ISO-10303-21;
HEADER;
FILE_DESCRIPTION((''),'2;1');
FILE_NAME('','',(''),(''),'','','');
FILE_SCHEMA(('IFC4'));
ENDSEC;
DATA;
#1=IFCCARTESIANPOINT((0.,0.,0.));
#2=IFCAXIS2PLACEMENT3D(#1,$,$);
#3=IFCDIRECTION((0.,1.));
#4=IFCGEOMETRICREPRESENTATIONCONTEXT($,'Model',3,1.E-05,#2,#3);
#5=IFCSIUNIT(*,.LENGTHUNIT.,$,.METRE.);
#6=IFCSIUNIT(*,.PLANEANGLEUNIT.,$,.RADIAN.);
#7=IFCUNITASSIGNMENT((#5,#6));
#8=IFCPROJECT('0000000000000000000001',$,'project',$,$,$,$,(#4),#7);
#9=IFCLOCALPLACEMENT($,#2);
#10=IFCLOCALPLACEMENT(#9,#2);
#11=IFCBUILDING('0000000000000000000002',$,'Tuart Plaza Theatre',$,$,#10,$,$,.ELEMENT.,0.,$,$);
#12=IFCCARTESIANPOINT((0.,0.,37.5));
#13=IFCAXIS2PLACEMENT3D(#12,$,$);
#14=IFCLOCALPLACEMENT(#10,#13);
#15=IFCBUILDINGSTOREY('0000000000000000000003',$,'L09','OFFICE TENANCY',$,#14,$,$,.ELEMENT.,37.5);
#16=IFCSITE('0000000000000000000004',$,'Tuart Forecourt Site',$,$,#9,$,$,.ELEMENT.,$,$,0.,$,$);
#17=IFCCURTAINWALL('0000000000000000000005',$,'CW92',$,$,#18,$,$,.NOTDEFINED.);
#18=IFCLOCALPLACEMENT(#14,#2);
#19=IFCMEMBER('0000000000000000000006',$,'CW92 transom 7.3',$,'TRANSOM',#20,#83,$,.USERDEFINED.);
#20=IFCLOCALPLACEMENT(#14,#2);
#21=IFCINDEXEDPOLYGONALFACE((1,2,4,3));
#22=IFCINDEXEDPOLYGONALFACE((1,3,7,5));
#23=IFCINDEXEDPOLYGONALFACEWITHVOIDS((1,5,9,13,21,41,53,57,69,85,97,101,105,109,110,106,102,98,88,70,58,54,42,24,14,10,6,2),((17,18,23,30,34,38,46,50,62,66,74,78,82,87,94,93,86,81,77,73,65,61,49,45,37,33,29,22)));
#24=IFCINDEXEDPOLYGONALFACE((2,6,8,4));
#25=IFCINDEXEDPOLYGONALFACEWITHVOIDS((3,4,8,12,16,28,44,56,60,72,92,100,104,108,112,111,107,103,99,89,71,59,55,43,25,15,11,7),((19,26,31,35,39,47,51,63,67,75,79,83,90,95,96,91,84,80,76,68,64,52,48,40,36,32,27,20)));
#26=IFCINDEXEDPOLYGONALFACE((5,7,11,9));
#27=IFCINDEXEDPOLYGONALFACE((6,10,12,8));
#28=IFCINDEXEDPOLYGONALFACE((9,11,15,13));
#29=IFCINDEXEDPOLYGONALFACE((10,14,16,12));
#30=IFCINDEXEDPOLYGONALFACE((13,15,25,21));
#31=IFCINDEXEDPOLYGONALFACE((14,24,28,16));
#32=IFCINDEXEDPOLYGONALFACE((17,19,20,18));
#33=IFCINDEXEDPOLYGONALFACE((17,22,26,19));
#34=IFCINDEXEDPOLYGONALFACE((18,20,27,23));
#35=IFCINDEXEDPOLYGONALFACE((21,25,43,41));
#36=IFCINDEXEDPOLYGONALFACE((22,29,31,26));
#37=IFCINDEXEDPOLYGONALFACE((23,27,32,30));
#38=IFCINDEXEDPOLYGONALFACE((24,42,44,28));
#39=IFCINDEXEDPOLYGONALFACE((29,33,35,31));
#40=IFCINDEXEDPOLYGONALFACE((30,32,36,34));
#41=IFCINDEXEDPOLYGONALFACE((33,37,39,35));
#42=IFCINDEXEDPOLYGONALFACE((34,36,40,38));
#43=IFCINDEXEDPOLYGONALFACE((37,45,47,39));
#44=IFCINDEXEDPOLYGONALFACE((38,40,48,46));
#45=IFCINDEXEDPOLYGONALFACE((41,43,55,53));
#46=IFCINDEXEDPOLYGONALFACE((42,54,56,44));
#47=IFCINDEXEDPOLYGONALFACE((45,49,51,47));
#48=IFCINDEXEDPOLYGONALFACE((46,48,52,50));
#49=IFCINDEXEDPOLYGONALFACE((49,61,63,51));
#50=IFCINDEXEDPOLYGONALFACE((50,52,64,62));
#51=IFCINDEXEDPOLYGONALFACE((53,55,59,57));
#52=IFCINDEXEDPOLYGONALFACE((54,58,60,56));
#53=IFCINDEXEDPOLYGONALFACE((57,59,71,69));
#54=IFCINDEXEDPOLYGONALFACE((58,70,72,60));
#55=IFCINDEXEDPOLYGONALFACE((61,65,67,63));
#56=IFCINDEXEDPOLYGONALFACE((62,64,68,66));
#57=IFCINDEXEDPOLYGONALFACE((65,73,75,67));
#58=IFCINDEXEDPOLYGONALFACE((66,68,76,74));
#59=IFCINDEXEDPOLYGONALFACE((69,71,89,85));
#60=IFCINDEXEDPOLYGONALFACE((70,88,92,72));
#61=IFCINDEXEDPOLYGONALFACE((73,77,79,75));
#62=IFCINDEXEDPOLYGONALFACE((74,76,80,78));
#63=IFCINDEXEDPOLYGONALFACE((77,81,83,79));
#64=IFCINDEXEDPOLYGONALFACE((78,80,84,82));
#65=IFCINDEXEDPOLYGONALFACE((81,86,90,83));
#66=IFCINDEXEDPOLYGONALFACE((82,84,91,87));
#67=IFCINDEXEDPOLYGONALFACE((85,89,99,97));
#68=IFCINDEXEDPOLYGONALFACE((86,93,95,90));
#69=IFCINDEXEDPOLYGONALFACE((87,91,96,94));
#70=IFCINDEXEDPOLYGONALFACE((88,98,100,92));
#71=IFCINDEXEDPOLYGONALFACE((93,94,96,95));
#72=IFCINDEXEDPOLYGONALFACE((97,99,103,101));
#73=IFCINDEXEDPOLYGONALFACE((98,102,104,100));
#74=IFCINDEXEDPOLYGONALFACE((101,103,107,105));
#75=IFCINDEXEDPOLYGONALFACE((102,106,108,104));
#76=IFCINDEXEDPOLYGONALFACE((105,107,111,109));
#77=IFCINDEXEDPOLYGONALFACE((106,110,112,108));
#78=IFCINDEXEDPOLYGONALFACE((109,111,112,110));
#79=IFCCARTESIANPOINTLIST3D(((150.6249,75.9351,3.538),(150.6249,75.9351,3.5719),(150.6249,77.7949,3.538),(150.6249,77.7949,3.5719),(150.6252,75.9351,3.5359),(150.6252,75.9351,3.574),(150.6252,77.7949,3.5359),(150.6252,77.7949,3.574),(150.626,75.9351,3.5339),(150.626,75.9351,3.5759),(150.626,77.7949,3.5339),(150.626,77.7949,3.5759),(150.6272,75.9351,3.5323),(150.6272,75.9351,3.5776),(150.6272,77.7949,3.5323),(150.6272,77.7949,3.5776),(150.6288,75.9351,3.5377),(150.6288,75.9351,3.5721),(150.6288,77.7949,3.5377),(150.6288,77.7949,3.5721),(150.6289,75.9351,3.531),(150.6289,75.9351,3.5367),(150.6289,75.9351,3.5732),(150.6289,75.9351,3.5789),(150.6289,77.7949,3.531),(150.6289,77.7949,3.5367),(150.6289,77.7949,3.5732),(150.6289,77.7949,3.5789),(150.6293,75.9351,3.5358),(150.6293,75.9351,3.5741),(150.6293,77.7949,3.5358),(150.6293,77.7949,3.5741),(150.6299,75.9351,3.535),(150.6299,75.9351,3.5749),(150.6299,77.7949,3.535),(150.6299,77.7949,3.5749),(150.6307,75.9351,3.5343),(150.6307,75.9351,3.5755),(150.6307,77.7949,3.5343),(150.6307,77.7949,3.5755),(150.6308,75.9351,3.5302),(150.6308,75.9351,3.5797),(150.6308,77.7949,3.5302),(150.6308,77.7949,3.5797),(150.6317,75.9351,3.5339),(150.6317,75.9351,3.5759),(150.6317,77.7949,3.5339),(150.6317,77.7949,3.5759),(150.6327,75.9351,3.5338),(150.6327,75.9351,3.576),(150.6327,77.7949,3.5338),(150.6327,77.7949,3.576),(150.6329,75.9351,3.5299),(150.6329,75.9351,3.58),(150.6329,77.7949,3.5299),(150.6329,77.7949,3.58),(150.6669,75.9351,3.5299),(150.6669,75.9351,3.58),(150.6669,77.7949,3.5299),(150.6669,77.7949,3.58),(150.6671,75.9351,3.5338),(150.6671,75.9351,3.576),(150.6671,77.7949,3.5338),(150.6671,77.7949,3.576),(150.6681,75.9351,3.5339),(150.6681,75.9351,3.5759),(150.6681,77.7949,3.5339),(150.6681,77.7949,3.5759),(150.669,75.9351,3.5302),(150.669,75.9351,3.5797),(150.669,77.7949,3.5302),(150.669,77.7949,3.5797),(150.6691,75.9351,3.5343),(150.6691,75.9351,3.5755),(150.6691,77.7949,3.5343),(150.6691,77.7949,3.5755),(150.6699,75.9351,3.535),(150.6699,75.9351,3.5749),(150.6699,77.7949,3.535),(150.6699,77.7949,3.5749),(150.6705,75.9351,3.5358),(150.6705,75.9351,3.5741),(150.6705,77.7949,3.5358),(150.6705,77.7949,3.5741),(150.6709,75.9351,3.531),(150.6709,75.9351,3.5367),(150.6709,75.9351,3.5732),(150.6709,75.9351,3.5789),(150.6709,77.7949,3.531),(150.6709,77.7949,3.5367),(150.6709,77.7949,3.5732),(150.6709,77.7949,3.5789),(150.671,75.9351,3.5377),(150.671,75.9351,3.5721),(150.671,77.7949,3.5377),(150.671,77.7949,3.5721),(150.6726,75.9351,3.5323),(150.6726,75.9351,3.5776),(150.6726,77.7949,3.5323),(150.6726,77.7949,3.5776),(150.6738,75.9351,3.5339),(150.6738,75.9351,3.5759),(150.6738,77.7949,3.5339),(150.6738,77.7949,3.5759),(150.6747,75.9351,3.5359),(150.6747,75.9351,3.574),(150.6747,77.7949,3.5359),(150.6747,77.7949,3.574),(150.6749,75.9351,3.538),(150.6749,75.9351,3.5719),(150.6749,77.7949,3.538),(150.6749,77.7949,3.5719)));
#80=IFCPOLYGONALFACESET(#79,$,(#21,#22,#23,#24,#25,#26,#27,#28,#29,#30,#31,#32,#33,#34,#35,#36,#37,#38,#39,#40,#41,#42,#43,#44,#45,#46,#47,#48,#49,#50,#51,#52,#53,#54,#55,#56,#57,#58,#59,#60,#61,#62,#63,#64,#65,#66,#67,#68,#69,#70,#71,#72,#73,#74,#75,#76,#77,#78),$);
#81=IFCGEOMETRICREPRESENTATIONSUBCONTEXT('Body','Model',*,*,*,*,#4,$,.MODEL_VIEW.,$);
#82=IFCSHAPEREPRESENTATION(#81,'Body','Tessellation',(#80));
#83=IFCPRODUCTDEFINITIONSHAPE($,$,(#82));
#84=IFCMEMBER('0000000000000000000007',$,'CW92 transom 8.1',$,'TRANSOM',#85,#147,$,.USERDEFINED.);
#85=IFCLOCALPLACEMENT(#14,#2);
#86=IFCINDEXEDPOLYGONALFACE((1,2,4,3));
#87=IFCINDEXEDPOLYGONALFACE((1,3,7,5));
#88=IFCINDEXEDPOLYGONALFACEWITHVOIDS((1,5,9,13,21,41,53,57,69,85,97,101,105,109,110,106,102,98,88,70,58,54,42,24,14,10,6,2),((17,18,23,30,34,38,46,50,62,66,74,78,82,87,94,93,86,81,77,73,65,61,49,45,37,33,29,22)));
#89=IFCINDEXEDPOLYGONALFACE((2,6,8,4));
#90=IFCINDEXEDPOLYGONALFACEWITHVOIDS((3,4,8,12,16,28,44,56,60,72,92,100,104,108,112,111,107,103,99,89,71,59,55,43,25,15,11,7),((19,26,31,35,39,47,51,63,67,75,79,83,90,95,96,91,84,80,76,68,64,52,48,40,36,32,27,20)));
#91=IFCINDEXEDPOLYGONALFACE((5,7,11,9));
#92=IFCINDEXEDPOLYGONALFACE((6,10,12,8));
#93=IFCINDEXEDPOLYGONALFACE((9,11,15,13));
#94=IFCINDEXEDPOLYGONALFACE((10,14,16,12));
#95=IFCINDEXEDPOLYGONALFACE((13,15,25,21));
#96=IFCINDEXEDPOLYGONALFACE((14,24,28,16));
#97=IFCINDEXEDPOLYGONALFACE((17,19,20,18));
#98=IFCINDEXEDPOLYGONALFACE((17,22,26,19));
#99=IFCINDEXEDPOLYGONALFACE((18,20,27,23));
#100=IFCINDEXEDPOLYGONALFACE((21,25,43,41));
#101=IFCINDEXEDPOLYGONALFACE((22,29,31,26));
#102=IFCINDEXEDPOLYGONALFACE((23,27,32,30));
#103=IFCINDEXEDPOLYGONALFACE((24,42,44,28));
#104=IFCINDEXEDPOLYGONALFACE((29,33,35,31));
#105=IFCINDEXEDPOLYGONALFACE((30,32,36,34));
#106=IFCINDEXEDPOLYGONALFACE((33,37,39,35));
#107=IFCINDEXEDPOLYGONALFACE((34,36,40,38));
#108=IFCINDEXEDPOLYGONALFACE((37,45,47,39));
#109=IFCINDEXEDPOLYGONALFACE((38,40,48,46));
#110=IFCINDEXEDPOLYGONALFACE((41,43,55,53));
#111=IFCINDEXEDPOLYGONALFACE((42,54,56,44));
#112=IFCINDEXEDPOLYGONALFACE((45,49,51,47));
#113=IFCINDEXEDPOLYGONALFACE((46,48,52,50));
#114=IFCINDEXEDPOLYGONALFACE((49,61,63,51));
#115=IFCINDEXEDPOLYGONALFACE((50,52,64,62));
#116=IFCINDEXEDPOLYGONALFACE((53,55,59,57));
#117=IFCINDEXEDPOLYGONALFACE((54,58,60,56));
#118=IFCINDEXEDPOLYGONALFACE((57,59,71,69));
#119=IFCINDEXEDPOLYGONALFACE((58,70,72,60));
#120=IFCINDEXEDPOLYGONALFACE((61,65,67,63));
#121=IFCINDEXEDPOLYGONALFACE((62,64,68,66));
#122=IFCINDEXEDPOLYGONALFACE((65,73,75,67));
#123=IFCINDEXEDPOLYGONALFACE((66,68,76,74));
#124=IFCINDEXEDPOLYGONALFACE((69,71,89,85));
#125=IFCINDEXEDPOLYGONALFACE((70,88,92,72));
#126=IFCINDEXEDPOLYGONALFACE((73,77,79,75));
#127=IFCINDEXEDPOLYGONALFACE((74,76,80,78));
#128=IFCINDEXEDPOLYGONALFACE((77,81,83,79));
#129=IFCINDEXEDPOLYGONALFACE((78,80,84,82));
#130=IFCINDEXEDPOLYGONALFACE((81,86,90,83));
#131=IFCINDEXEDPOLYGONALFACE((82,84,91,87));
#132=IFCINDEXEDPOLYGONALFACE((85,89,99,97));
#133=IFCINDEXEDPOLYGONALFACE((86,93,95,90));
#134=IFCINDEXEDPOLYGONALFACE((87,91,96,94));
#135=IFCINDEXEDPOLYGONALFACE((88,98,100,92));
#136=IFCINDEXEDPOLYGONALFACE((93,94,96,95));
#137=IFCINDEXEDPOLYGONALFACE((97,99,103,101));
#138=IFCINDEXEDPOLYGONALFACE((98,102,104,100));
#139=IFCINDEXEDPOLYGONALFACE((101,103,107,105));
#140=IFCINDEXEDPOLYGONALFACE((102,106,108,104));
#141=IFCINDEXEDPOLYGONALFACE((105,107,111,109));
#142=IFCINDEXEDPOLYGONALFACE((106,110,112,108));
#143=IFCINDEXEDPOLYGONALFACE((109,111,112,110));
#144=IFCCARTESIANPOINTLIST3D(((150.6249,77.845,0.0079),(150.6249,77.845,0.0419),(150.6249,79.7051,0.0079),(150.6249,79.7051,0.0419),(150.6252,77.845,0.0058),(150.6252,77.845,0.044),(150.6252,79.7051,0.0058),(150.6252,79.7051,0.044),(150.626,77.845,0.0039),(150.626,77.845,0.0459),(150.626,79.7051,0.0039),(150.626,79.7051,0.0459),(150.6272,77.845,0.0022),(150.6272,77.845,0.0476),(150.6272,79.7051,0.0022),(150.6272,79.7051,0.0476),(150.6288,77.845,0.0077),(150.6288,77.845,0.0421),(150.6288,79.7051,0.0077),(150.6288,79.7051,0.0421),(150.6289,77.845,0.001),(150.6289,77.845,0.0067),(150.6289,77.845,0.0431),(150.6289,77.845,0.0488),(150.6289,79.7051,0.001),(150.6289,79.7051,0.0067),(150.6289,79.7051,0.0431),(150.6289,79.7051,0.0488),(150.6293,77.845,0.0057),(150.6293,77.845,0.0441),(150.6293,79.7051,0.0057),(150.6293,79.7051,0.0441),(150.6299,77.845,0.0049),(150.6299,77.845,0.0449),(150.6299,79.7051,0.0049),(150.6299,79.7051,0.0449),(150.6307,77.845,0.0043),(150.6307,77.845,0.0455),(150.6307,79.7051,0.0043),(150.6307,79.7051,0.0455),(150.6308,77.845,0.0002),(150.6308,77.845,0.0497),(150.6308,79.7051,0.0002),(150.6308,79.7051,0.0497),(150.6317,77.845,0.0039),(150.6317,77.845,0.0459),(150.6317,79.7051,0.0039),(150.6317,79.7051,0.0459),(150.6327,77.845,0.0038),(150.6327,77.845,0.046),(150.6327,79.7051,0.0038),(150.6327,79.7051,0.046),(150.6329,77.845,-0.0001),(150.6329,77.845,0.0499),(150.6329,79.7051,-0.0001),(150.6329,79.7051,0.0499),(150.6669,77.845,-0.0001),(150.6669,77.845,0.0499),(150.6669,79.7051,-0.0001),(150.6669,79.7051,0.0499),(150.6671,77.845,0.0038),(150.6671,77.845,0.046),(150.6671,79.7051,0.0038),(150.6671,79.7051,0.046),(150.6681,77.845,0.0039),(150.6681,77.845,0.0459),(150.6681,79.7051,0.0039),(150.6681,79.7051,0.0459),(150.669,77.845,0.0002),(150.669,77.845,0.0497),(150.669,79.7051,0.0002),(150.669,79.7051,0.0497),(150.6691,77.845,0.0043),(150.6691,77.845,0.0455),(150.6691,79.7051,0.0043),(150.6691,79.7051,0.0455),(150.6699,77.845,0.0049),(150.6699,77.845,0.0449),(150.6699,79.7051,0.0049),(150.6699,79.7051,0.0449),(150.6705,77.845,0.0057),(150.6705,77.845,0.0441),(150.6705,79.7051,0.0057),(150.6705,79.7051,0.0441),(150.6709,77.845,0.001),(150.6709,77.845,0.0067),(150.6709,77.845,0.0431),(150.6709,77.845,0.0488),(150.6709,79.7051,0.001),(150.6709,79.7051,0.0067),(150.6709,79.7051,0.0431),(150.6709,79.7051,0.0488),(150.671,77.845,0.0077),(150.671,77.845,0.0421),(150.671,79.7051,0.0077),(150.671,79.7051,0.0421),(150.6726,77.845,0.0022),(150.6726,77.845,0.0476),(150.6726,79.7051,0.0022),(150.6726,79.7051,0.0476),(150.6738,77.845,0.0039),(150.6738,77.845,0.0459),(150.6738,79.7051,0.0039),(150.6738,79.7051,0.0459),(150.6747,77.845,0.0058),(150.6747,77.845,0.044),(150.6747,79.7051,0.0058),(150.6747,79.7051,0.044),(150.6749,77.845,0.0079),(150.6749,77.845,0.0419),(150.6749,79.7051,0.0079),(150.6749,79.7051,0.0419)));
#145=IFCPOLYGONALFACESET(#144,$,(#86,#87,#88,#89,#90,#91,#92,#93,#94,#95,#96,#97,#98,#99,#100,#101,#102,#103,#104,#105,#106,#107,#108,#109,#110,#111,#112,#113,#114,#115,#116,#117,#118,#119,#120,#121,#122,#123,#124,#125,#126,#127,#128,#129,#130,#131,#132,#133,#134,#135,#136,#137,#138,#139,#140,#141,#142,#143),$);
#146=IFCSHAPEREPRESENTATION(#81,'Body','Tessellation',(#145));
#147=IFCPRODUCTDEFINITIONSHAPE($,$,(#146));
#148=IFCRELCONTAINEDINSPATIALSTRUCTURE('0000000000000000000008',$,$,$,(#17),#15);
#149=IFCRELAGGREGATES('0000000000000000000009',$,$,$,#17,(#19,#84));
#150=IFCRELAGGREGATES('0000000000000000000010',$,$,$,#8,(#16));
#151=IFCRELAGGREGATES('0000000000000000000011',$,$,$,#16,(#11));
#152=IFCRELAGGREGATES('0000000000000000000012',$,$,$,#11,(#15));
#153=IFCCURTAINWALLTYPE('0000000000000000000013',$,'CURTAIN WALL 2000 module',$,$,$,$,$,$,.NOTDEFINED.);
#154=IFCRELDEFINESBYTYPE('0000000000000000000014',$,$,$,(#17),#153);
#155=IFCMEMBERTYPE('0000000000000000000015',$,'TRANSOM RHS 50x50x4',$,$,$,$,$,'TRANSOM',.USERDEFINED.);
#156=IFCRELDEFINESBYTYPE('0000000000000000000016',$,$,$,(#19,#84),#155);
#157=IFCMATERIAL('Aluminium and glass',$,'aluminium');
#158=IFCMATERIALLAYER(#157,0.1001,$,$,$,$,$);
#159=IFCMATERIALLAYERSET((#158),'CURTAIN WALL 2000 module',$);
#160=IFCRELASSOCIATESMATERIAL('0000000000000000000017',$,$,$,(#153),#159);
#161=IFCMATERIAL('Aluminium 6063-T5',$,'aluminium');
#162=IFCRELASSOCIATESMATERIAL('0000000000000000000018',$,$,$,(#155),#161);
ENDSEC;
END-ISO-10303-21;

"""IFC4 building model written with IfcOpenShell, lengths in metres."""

from ifc_helpers import new_model, si_unit, direction, frame, origin, origin_2d, place, context, subcontext, project, spatial, hollow_rectangle, extrude, material, layer, layer_set, material_profile, profile_set, type_object, element, aggregate, save


model = new_model("IFC4")

# Units and contexts
model_context = context("Model", 3, precision=1e-05, world=origin(), true_north=direction((0.0, 1.0)))
body_context = subcontext(model_context, "Body", "Model", "MODEL_VIEW")
ifc_project = project(units=[si_unit("LENGTHUNIT", "METRE"), si_unit("PLANEANGLEUNIT", "RADIAN")], contexts=[model_context])

# Site, building, storey
site_placement = place(None, origin())
site = spatial("IfcSite", under=ifc_project, at=site_placement, Name="Tuart Forecourt Site", CompositionType="ELEMENT", RefElevation=0.0)
building_placement = place(site_placement, origin())
building = spatial("IfcBuilding", under=site, at=building_placement, Name="Tuart Plaza Theatre", CompositionType="ELEMENT", ElevationOfRefHeight=0.0)
storey_placement = place(building_placement, frame((0.0, 0.0, 37.5)))
storey = spatial("IfcBuildingStorey", under=building, at=storey_placement, Name="L09", Description="OFFICE TENANCY", CompositionType="ELEMENT", Elevation=37.5)

# Curtain wall, members
ifc_material_1 = material(Name="Aluminium and glass", Category="aluminium")
ifc_layer_1 = layer(ifc_material_1, 0.1001)
ifc_layer_set_1 = layer_set([ifc_layer_1], Name="CURTAIN WALL 2000 module")
curtain_wall_type = type_object("IfcCurtainWallType", Name="CURTAIN WALL 2000 module", PredefinedType="NOTDEFINED", material=ifc_layer_set_1)
curtain_wall_placement = place(storey_placement, origin())
curtain_wall = element("IfcCurtainWall", 1, at=curtain_wall_placement, inside=storey, type_object=curtain_wall_type, Name="CW92", PredefinedType="NOTDEFINED")
ifc_material_2 = material(Name="Aluminium 6063-T5", Category="aluminium")
ifc_material_profile_1 = material_profile(ifc_material_2, hollow_rectangle(XDim=0.05, YDim=0.05, WallThickness=0.0039, InnerFilletRadius=0.0039, OuterFilletRadius=0.0081, at=origin_2d()), Name="RHS 50x50x4")
ifc_profile_set_1 = profile_set([ifc_material_profile_1], Name="Aluminium 6063-T5")
member_type_1 = type_object("IfcMemberType", Name="TRANSOM RHS 50x50x4", ElementType="TRANSOM", PredefinedType="USERDEFINED", material=ifc_profile_set_1)
member_1_placement = place(storey_placement, frame((150.6499, 75.9351, 3.5549), z_axis=(0.0, 1.0, 0.0), x_axis=(-1.0, 0.0, 0.0)))
member_1 = element("IfcMember", 2, at=member_1_placement, type_object=member_type_1, Name="CW92 transom 7.3", ObjectType="TRANSOM", PredefinedType="USERDEFINED", context=body_context, shape_type="SweptSolid", body=[
    extrude(hollow_rectangle(XDim=0.05, YDim=0.05, WallThickness=0.0039, InnerFilletRadius=0.0039, OuterFilletRadius=0.0081, at=origin_2d()), origin(), (0.0, 0.0, 1.0), 1.8599),
])
member_2_placement = place(storey_placement, frame((150.6499, 77.845, 0.0249), z_axis=(0.0, 1.0, 0.0), x_axis=(-1.0, 0.0, 0.0)))
member_2 = element("IfcMember", 3, at=member_2_placement, type_object=member_type_1, Name="CW92 transom 8.1", ObjectType="TRANSOM", PredefinedType="USERDEFINED", context=body_context, shape_type="SweptSolid", body=[
    extrude(hollow_rectangle(XDim=0.05, YDim=0.05, WallThickness=0.0039, InnerFilletRadius=0.0039, OuterFilletRadius=0.0081, at=origin_2d()), origin(), (0.0, 0.0, 1.0), 1.8601),
])
aggregate(curtain_wall, [member_1, member_2])

save(model, "model.ifc")
